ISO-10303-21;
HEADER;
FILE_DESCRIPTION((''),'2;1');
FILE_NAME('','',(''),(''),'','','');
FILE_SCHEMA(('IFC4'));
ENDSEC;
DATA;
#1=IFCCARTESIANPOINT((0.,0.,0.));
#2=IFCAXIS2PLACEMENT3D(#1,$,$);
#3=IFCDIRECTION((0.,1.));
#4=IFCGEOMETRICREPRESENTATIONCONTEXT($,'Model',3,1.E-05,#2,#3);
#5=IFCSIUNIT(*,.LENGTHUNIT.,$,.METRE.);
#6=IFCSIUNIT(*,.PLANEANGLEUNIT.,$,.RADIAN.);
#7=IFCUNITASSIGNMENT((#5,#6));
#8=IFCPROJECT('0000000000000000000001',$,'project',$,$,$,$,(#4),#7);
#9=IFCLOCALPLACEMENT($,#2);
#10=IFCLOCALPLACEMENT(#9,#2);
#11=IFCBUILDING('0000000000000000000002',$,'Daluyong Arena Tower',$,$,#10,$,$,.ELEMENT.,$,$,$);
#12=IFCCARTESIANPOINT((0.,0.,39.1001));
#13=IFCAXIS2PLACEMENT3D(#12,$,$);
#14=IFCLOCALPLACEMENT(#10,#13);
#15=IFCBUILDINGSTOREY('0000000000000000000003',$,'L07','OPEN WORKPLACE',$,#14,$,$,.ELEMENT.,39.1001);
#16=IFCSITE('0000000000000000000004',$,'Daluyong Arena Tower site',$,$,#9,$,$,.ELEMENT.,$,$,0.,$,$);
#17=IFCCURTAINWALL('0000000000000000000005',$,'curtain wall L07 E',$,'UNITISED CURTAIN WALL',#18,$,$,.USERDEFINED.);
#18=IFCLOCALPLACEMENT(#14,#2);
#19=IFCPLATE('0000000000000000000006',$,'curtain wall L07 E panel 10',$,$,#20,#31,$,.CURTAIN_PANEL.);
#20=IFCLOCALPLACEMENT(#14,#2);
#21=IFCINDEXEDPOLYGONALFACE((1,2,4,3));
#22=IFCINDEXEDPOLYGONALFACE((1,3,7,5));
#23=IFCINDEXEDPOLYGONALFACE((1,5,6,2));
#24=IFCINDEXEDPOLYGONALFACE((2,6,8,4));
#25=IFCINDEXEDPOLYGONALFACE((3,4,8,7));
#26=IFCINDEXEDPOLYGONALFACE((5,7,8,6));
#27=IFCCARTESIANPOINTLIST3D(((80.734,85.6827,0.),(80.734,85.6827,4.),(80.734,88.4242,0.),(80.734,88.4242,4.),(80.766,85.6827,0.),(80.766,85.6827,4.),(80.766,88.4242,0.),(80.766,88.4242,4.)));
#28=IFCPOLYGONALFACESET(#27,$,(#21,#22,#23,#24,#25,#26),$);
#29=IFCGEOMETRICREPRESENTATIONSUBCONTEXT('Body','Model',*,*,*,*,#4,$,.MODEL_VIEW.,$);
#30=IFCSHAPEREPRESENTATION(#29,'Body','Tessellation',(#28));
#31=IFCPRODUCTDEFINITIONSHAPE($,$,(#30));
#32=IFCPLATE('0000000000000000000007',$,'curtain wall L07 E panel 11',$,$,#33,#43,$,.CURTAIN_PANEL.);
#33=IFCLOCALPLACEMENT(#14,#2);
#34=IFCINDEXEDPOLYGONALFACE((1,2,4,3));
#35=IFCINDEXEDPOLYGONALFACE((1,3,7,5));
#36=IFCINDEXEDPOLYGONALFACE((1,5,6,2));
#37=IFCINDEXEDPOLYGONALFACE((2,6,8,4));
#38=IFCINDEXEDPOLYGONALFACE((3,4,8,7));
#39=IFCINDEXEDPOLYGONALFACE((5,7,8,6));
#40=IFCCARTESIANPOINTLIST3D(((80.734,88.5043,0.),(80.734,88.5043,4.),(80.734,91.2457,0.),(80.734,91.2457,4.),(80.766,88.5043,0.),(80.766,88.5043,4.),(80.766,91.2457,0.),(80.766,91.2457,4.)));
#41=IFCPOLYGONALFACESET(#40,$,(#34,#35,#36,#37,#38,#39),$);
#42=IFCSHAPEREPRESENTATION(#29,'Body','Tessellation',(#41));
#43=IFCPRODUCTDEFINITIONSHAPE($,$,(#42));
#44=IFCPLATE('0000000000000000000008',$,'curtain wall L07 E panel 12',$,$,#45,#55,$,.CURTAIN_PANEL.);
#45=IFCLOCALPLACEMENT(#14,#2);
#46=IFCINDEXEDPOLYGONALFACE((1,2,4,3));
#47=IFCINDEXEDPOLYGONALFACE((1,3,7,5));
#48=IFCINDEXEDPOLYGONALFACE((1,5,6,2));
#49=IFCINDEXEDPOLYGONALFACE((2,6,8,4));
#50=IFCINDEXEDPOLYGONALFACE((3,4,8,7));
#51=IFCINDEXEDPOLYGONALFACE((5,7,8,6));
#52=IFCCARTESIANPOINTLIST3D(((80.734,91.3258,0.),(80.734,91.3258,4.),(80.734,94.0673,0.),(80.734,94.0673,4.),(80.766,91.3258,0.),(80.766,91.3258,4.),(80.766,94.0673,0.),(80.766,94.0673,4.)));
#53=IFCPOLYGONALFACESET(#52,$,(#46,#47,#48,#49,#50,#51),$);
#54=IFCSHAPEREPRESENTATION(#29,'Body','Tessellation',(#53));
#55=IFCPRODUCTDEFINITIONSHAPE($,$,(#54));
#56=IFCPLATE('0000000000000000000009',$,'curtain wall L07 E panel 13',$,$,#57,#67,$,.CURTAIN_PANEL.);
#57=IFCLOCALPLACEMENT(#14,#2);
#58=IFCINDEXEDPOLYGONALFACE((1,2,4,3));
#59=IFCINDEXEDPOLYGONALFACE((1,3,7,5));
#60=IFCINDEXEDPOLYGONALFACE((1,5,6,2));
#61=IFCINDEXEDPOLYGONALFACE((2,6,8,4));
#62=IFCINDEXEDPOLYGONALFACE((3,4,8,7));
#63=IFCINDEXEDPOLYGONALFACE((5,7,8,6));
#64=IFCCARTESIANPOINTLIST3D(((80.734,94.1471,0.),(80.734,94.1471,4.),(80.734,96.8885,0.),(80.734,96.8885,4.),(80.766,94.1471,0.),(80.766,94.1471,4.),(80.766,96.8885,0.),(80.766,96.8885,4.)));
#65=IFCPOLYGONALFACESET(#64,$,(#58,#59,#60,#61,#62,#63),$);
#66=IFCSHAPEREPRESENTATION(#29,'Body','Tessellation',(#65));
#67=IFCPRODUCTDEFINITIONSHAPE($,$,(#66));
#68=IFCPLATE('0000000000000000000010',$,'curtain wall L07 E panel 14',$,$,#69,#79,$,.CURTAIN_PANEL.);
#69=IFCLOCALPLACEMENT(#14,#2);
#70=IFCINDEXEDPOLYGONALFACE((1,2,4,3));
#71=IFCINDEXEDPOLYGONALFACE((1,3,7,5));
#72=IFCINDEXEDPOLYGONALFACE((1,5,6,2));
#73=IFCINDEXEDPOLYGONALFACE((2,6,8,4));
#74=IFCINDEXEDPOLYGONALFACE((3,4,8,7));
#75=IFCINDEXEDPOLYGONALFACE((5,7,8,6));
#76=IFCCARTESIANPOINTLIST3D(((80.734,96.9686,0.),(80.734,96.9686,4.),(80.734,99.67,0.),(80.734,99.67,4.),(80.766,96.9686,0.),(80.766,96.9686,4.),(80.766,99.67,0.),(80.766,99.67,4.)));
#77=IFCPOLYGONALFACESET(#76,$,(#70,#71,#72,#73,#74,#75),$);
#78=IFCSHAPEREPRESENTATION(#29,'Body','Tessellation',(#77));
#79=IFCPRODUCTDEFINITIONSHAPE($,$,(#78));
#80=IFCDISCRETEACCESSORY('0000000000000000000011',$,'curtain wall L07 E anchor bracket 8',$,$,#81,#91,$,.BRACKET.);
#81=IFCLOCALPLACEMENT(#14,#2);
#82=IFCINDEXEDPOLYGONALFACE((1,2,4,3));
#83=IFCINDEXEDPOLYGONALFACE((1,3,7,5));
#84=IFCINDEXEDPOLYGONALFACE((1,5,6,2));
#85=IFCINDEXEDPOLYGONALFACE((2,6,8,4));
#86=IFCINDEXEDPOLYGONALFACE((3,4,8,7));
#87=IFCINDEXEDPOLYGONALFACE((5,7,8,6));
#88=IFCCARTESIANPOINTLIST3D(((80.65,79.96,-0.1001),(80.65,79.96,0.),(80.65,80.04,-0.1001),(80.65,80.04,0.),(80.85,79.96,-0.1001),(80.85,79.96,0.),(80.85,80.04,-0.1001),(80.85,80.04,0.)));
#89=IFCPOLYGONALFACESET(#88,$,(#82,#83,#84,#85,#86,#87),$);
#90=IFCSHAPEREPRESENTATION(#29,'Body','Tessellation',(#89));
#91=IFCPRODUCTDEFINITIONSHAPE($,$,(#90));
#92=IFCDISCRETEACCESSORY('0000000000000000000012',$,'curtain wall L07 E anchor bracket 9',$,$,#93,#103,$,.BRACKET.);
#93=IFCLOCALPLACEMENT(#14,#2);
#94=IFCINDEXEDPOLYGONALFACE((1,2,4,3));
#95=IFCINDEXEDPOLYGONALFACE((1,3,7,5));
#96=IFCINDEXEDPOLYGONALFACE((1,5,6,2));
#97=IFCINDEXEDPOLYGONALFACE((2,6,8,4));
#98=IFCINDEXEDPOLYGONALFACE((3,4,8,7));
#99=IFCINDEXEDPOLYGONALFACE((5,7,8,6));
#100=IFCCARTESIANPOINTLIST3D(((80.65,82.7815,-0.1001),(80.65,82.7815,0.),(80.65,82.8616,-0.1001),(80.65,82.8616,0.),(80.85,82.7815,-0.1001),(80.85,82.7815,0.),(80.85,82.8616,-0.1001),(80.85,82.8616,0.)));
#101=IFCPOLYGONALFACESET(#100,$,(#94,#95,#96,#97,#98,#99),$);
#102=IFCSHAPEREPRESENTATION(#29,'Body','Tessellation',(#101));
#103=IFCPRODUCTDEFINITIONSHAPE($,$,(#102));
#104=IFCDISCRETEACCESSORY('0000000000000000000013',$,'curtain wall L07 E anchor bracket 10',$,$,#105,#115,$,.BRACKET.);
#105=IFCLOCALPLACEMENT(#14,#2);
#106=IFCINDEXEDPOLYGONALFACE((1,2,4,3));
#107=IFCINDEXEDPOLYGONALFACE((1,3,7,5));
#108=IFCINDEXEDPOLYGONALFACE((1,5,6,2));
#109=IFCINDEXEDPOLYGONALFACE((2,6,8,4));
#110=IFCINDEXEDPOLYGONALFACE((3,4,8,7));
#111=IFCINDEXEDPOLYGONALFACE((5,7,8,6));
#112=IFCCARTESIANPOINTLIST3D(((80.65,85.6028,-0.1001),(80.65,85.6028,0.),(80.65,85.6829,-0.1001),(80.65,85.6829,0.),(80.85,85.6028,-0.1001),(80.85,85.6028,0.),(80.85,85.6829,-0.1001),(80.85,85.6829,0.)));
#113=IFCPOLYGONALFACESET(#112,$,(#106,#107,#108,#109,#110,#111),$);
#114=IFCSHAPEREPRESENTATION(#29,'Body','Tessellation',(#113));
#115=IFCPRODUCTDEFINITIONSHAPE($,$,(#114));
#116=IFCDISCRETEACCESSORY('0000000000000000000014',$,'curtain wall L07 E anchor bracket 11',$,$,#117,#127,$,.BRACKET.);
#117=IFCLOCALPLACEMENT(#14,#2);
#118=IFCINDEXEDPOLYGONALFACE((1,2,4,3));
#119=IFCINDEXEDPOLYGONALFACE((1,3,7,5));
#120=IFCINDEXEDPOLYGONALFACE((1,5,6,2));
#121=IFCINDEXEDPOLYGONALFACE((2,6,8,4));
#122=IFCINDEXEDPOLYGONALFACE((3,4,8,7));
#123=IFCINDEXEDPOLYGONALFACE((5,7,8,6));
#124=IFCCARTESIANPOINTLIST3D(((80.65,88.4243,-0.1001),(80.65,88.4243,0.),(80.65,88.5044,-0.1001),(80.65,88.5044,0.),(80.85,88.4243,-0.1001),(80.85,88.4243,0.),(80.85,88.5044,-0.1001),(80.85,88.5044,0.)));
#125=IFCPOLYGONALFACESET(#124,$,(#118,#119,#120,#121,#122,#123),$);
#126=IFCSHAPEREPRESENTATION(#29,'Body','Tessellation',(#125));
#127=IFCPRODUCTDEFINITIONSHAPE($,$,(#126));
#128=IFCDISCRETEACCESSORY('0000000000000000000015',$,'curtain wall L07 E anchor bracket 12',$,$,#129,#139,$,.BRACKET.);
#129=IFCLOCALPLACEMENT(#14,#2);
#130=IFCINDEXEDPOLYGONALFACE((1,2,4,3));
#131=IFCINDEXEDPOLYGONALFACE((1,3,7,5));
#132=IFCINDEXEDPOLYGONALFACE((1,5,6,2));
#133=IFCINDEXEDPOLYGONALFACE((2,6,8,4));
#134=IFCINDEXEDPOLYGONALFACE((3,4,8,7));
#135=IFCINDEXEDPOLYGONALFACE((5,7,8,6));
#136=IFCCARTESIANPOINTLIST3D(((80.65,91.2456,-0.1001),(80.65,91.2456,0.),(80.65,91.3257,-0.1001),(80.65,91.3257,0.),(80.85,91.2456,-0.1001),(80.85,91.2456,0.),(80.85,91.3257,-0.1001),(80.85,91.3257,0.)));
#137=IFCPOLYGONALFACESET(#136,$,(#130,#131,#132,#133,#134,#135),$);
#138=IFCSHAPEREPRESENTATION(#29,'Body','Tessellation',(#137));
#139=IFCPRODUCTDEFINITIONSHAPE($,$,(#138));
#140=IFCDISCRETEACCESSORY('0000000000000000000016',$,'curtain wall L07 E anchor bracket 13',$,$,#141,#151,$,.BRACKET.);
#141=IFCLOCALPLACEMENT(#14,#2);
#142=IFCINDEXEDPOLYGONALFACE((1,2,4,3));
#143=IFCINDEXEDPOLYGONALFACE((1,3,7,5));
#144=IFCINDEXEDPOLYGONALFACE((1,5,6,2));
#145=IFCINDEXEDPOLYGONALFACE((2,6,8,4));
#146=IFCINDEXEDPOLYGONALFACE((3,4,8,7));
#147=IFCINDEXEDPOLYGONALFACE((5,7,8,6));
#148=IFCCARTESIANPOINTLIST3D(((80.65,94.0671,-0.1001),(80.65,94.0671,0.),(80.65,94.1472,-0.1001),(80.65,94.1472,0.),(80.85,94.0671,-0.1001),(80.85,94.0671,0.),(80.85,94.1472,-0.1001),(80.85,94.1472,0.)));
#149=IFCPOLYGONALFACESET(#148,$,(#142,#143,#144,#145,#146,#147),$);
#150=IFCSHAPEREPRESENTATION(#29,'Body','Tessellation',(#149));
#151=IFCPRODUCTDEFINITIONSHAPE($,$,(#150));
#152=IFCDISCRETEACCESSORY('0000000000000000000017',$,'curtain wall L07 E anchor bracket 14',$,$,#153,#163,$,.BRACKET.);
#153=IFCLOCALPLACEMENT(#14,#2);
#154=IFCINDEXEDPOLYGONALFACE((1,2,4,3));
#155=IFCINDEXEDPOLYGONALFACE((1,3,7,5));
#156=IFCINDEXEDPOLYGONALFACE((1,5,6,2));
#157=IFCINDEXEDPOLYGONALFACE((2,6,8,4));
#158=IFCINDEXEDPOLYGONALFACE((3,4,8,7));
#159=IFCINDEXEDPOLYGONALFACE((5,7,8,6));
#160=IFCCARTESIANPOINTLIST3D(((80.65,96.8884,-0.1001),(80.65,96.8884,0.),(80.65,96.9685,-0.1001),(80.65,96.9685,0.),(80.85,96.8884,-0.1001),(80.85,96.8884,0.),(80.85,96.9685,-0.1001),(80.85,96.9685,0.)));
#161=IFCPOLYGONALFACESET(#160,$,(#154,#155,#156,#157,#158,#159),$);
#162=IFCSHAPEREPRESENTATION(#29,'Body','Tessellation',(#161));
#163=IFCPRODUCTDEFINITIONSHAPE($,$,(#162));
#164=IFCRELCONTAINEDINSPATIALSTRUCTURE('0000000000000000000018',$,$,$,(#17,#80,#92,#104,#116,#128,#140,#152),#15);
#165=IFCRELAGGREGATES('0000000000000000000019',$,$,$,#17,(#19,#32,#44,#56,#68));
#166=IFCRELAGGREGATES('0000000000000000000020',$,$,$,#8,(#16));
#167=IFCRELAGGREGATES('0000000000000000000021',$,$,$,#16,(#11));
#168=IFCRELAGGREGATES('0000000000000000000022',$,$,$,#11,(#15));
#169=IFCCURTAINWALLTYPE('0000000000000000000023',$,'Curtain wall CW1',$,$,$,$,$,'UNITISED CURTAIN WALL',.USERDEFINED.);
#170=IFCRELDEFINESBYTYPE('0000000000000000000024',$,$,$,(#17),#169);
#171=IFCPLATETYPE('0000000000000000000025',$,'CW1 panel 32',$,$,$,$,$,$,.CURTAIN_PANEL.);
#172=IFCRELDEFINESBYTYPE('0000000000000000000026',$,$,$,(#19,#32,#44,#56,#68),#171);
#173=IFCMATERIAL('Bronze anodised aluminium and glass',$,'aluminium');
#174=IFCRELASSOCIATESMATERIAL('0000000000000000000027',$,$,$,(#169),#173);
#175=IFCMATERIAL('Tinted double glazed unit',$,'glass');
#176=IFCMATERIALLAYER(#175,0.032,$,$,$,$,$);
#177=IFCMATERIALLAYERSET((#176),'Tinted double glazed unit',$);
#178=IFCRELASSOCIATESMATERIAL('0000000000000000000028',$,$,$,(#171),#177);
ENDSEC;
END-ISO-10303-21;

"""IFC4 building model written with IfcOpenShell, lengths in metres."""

from ifc_helpers import new_model, si_unit, direction, frame, origin, origin_2d, place, context, subcontext, project, spatial, rectangle, extrude, material, layer, layer_set, type_object, element, aggregate, save


model = new_model("IFC4")

# Units and contexts
model_context = context("Model", 3, precision=1e-05, world=origin(), true_north=direction((0.0, 1.0)))
body_context = subcontext(model_context, "Body", "Model", "MODEL_VIEW")
ifc_project = project(units=[si_unit("LENGTHUNIT", "METRE"), si_unit("PLANEANGLEUNIT", "RADIAN")], contexts=[model_context])

# Site, building, storey
site_placement = place(None, origin())
site = spatial("IfcSite", under=ifc_project, at=site_placement, Name="Daluyong Arena Tower site", CompositionType="ELEMENT", RefElevation=0.0)
building_placement = place(site_placement, origin())
building = spatial("IfcBuilding", under=site, at=building_placement, Name="Daluyong Arena Tower", CompositionType="ELEMENT")
storey_placement = place(building_placement, frame((0.0, 0.0, 39.1001)))
storey = spatial("IfcBuildingStorey", under=building, at=storey_placement, Name="L07", Description="OPEN WORKPLACE", CompositionType="ELEMENT", Elevation=39.1001)

# Curtain wall
ifc_material_1 = material(Name="Bronze anodised aluminium and glass", Category="aluminium")
curtain_wall_type = type_object("IfcCurtainWallType", Name="Curtain wall CW1", ElementType="UNITISED CURTAIN WALL", PredefinedType="USERDEFINED", material=ifc_material_1)
curtain_wall_placement = place(storey_placement, origin())
curtain_wall = element("IfcCurtainWall", 1, at=curtain_wall_placement, inside=storey, type_object=curtain_wall_type, Name="curtain wall L07 E", ObjectType="UNITISED CURTAIN WALL", PredefinedType="USERDEFINED")

# Plates
ifc_material_2 = material(Name="Tinted double glazed unit", Category="glass")
ifc_layer = layer(ifc_material_2, 0.032)
ifc_layer_set = layer_set([ifc_layer], Name="Tinted double glazed unit")
plate_type = type_object("IfcPlateType", Name="CW1 panel 32", PredefinedType="CURTAIN_PANEL", material=ifc_layer_set)
plate_1_placement = place(storey_placement, frame((80.75, 87.0535, 0.0), z_axis=(0.0, 0.0, 1.0), x_axis=(0.0, 1.0, 0.0)))
plate_1 = element("IfcPlate", 2, at=plate_1_placement, type_object=plate_type, Name="curtain wall L07 E panel 10", PredefinedType="CURTAIN_PANEL", context=body_context, shape_type="SweptSolid", body=[
    extrude(rectangle(XDim=2.7415, YDim=0.032, at=origin_2d()), origin(), (0.0, 0.0, 1.0), 4.0),
])
plate_2_placement = place(storey_placement, frame((80.75, 89.875, 0.0), z_axis=(0.0, 0.0, 1.0), x_axis=(0.0, 1.0, 0.0)))
plate_2 = element("IfcPlate", 3, at=plate_2_placement, type_object=plate_type, Name="curtain wall L07 E panel 11", PredefinedType="CURTAIN_PANEL", context=body_context, shape_type="SweptSolid", body=[
    extrude(rectangle(XDim=2.7415, YDim=0.032, at=origin_2d()), origin(), (0.0, 0.0, 1.0), 4.0),
])
plate_3_placement = place(storey_placement, frame((80.75, 92.6965, 0.0), z_axis=(0.0, 0.0, 1.0), x_axis=(0.0, 1.0, 0.0)))
plate_3 = element("IfcPlate", 4, at=plate_3_placement, type_object=plate_type, Name="curtain wall L07 E panel 12", PredefinedType="CURTAIN_PANEL", context=body_context, shape_type="SweptSolid", body=[
    extrude(rectangle(XDim=2.7415, YDim=0.032, at=origin_2d()), origin(), (0.0, 0.0, 1.0), 4.0),
])
plate_4_placement = place(storey_placement, frame((80.75, 95.5178, 0.0), z_axis=(0.0, 0.0, 1.0), x_axis=(0.0, 1.0, 0.0)))
plate_4 = element("IfcPlate", 5, at=plate_4_placement, type_object=plate_type, Name="curtain wall L07 E panel 13", PredefinedType="CURTAIN_PANEL", context=body_context, shape_type="SweptSolid", body=[
    extrude(rectangle(XDim=2.7415, YDim=0.032, at=origin_2d()), origin(), (0.0, 0.0, 1.0), 4.0),
])
plate_5_placement = place(storey_placement, frame((80.75, 98.3193, 0.0), z_axis=(0.0, 0.0, 1.0), x_axis=(0.0, 1.0, 0.0)))
plate_5 = element("IfcPlate", 6, at=plate_5_placement, type_object=plate_type, Name="curtain wall L07 E panel 14", PredefinedType="CURTAIN_PANEL", context=body_context, shape_type="SweptSolid", body=[
    extrude(rectangle(XDim=2.7014, YDim=0.032, at=origin_2d()), origin(), (0.0, 0.0, 1.0), 4.0),
])
aggregate(curtain_wall, [plate_1, plate_2, plate_3, plate_4, plate_5])

# Discrete accessories
for number, where, z_axis, x_axis, name in (
    (7, (80.75, 80.0, -0.1001), (0.0, 0.0, 1.0), (0.0, 1.0, 0.0), "curtain wall L07 E anchor bracket 8"),
    (8, (80.75, 82.8215, -0.1001), (0.0, 0.0, 1.0), (0.0, 1.0, 0.0), "curtain wall L07 E anchor bracket 9"),
    (9, (80.75, 85.6428, -0.1001), (0.0, 0.0, 1.0), (0.0, 1.0, 0.0), "curtain wall L07 E anchor bracket 10"),
    (10, (80.75, 88.4644, -0.1001), (0.0, 0.0, 1.0), (0.0, 1.0, 0.0), "curtain wall L07 E anchor bracket 11"),
    (11, (80.75, 91.2856, -0.1001), (0.0, 0.0, 1.0), (0.0, 1.0, 0.0), "curtain wall L07 E anchor bracket 12"),
    (12, (80.75, 94.1072, -0.1001), (0.0, 0.0, 1.0), (0.0, 1.0, 0.0), "curtain wall L07 E anchor bracket 13"),
    (13, (80.75, 96.9285, -0.1001), (0.0, 0.0, 1.0), (0.0, 1.0, 0.0), "curtain wall L07 E anchor bracket 14"),
):
    element("IfcDiscreteAccessory", number, at=place(storey_placement, frame(where, z_axis=z_axis, x_axis=x_axis)), inside=storey, Name=name, PredefinedType="BRACKET", context=body_context, shape_type="SweptSolid", body=[
        extrude(rectangle(XDim=0.0801, YDim=0.2, at=origin_2d()), origin(), (0.0, 0.0, 1.0), 0.1001),
    ])

save(model, "model.ifc")
